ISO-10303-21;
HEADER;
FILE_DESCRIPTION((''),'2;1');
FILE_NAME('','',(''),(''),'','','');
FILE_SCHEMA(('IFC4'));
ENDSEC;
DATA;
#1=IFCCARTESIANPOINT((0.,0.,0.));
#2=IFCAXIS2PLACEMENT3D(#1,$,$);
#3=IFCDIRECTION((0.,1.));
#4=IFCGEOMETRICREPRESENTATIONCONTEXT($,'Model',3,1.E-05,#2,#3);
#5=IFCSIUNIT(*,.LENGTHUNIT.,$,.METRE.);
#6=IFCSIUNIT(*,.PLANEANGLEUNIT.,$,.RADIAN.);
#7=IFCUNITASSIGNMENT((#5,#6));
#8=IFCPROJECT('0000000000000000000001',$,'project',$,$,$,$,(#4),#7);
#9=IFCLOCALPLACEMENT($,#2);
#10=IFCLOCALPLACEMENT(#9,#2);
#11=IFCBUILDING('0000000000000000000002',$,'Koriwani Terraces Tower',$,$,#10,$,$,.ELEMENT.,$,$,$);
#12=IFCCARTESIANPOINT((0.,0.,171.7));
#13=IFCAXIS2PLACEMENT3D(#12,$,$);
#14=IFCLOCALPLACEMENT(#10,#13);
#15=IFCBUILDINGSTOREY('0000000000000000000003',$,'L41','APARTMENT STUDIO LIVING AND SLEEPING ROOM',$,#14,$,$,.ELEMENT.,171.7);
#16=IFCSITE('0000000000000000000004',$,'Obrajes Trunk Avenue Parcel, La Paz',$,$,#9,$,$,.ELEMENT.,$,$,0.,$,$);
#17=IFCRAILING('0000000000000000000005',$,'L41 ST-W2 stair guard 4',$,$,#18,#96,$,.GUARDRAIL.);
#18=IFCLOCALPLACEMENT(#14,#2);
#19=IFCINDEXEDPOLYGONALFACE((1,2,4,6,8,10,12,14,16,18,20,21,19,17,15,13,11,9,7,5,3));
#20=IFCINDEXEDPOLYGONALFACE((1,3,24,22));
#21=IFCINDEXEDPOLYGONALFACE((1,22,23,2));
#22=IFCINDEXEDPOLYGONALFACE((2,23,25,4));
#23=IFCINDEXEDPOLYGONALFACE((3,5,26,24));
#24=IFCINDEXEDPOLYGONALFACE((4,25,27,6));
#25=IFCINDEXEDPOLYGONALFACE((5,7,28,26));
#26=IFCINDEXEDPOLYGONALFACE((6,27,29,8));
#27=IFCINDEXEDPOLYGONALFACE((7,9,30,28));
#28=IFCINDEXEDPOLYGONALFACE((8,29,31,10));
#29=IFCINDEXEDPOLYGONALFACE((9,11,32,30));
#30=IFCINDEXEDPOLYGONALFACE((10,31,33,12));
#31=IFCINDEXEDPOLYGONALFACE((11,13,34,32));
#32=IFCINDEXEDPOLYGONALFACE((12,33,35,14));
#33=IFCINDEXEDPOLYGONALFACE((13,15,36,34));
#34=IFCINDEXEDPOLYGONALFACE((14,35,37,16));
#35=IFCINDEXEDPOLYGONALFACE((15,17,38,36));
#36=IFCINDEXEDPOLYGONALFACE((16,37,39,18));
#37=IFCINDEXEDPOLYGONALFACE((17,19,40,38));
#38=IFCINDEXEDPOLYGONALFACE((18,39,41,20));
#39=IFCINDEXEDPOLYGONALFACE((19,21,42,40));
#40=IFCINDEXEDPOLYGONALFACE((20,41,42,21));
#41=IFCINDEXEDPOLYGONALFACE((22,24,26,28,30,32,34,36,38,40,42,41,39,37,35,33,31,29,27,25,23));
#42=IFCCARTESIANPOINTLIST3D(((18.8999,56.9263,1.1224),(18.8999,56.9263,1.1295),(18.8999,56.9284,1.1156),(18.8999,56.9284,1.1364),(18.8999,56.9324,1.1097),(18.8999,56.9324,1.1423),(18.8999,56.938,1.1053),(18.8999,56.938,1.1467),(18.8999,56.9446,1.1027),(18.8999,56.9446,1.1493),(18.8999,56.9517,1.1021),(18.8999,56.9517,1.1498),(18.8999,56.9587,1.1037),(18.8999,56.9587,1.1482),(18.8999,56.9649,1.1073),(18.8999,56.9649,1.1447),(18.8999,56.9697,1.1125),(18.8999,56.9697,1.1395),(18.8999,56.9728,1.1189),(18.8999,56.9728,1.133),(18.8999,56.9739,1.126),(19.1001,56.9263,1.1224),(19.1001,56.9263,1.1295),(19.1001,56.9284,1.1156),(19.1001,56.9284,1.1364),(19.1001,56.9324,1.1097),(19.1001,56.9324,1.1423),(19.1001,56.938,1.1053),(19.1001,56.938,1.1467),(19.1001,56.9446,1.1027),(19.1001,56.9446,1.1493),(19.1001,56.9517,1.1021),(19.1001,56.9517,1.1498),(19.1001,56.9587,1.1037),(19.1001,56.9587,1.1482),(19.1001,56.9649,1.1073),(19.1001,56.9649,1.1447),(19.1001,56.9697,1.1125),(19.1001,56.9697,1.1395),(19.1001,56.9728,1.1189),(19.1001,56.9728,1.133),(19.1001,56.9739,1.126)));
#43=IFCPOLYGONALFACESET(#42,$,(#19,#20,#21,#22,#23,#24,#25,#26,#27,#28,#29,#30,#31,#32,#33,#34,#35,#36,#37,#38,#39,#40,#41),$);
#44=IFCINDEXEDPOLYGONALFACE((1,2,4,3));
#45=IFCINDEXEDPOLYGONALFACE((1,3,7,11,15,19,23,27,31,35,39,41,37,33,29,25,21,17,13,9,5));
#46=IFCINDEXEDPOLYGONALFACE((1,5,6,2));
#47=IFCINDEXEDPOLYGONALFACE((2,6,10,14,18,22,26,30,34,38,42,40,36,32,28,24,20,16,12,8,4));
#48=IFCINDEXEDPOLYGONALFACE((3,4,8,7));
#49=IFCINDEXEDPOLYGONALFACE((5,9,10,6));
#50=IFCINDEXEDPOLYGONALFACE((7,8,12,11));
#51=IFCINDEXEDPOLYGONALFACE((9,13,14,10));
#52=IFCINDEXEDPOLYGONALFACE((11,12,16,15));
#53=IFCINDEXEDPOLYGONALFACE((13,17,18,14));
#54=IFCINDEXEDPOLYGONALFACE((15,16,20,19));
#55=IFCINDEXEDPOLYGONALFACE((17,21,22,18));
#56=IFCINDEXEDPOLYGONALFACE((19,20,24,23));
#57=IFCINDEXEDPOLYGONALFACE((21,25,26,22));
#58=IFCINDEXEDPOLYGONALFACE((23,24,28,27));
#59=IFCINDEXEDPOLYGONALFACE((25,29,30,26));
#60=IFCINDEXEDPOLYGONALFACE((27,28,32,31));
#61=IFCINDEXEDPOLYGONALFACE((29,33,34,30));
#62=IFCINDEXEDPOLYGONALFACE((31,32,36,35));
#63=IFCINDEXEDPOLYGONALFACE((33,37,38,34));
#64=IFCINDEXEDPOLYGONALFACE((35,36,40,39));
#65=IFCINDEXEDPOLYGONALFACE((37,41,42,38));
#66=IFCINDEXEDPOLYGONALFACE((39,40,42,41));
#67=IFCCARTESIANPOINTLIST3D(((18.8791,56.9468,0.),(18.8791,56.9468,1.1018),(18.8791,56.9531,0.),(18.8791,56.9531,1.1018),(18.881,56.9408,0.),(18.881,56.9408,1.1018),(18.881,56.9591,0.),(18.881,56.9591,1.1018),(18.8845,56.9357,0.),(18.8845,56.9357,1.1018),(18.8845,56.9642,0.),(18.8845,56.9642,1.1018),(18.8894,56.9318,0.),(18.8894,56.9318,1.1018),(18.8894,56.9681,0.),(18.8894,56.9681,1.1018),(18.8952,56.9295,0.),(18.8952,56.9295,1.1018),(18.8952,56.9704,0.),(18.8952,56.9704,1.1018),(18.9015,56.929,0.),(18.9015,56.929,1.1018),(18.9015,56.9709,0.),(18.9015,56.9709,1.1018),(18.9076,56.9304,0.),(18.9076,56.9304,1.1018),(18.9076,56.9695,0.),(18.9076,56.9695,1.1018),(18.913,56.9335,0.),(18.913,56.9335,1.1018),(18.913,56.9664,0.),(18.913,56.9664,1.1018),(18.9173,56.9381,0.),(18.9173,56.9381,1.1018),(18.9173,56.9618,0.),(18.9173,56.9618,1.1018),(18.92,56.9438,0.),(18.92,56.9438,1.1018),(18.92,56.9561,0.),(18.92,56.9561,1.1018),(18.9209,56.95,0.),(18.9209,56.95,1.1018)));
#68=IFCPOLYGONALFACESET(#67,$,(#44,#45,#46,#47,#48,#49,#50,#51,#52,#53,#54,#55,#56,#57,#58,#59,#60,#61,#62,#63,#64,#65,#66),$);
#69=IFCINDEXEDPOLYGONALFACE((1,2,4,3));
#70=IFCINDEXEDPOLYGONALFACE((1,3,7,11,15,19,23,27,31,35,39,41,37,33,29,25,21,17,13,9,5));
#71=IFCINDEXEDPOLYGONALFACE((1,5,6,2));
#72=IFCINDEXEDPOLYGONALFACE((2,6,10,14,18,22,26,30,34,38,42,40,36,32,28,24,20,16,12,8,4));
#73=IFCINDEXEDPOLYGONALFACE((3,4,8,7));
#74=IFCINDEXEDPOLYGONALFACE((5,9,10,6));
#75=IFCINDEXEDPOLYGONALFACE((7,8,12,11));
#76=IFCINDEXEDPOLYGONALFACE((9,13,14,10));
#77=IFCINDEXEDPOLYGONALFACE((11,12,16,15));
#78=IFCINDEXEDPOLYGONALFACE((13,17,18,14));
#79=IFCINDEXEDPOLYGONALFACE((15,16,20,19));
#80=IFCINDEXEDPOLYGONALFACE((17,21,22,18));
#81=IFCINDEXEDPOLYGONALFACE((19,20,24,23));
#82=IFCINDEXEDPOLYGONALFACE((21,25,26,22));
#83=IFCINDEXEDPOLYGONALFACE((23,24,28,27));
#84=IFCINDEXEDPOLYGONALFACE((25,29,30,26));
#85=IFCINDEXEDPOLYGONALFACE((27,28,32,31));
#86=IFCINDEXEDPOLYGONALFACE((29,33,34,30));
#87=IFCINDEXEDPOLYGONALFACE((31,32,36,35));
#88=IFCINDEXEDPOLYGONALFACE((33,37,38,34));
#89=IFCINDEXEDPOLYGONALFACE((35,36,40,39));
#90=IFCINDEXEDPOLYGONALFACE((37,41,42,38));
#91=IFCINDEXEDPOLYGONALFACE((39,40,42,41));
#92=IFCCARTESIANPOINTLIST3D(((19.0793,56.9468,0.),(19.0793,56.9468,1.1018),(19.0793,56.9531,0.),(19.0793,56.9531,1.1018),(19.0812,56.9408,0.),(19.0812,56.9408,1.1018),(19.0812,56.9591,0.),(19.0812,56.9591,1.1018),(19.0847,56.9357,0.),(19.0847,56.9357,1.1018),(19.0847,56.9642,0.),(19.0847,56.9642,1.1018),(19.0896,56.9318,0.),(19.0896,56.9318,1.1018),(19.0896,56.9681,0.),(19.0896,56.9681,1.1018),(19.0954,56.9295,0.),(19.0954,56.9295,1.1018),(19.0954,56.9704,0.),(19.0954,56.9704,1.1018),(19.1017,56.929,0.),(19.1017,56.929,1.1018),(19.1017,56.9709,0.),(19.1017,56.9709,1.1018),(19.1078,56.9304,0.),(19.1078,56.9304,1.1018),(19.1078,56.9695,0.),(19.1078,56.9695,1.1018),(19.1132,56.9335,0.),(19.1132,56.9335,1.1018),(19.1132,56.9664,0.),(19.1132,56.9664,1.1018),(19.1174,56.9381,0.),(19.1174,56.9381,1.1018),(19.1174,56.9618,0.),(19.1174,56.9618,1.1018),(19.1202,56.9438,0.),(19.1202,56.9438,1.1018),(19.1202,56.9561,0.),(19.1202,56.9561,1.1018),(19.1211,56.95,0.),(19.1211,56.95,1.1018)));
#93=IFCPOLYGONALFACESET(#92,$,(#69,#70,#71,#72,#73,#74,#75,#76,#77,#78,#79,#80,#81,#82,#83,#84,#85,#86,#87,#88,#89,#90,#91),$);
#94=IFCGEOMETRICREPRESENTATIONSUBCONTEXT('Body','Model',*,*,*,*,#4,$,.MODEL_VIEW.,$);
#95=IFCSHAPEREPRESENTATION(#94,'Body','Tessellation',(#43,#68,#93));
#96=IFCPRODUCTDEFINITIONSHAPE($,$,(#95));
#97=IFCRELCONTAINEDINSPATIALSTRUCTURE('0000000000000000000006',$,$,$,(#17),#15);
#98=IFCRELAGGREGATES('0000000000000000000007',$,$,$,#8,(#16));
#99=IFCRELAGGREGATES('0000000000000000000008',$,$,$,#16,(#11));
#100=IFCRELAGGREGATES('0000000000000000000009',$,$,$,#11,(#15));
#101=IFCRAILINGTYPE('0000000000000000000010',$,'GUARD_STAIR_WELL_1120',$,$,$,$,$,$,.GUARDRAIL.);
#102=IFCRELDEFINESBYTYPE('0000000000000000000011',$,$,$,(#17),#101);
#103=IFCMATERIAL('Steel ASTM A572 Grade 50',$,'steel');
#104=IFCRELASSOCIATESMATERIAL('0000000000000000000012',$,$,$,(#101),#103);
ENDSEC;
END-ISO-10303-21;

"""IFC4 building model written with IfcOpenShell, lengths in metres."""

from ifc_helpers import new_model, si_unit, direction, frame, origin, origin_2d, place, context, subcontext, project, spatial, circle, extrude, material, type_object, element, save


model = new_model("IFC4")

# Units and contexts
model_context = context("Model", 3, precision=1e-05, world=origin(), true_north=direction((0.0, 1.0)))
body_context = subcontext(model_context, "Body", "Model", "MODEL_VIEW")
ifc_project = project(units=[si_unit("LENGTHUNIT", "METRE"), si_unit("PLANEANGLEUNIT", "RADIAN")], contexts=[model_context])

# Site, building, storey
site_placement = place(None, origin())
site = spatial("IfcSite", under=ifc_project, at=site_placement, Name="Obrajes Trunk Avenue Parcel, La Paz", CompositionType="ELEMENT", RefElevation=0.0)
building_placement = place(site_placement, origin())
building = spatial("IfcBuilding", under=site, at=building_placement, Name="Koriwani Terraces Tower", CompositionType="ELEMENT")
storey_placement = place(building_placement, frame((0.0, 0.0, 171.7)))
storey = spatial("IfcBuildingStorey", under=building, at=storey_placement, Name="L41", Description="APARTMENT STUDIO LIVING AND SLEEPING ROOM", CompositionType="ELEMENT", Elevation=171.7)

# Shared definitions
ifc_material_1 = material(Name="Steel ASTM A572 Grade 50", Category="steel")

# Railing
railing_type_1 = type_object("IfcRailingType", Name="GUARD_STAIR_WELL_1120", PredefinedType="GUARDRAIL", material=ifc_material_1)
railing_1_placement = place(storey_placement, frame((18.8999, 56.95, 0.0)))
element("IfcRailing", 1, at=railing_1_placement, inside=storey, type_object=railing_type_1, Name="L41 ST-W2 stair guard 4", PredefinedType="GUARDRAIL", context=body_context, shape_type="SweptSolid", body=[
    extrude(circle(Radius=0.0239, at=origin_2d()), frame((0.0, 0.0, 1.126), z_axis=(1.0, 0.0, 0.0), x_axis=(0.0, 1.0, 0.0)), (0.0, 0.0, 1.0), 0.2002),
    extrude(circle(Radius=0.021, at=origin_2d()), origin(), (0.0, 0.0, 1.0), 1.1018),
    extrude(circle(Radius=0.021, at=origin_2d()), frame((0.2002, 0.0, 0.0)), (0.0, 0.0, 1.0), 1.1018),
])

save(model, "model.ifc")
